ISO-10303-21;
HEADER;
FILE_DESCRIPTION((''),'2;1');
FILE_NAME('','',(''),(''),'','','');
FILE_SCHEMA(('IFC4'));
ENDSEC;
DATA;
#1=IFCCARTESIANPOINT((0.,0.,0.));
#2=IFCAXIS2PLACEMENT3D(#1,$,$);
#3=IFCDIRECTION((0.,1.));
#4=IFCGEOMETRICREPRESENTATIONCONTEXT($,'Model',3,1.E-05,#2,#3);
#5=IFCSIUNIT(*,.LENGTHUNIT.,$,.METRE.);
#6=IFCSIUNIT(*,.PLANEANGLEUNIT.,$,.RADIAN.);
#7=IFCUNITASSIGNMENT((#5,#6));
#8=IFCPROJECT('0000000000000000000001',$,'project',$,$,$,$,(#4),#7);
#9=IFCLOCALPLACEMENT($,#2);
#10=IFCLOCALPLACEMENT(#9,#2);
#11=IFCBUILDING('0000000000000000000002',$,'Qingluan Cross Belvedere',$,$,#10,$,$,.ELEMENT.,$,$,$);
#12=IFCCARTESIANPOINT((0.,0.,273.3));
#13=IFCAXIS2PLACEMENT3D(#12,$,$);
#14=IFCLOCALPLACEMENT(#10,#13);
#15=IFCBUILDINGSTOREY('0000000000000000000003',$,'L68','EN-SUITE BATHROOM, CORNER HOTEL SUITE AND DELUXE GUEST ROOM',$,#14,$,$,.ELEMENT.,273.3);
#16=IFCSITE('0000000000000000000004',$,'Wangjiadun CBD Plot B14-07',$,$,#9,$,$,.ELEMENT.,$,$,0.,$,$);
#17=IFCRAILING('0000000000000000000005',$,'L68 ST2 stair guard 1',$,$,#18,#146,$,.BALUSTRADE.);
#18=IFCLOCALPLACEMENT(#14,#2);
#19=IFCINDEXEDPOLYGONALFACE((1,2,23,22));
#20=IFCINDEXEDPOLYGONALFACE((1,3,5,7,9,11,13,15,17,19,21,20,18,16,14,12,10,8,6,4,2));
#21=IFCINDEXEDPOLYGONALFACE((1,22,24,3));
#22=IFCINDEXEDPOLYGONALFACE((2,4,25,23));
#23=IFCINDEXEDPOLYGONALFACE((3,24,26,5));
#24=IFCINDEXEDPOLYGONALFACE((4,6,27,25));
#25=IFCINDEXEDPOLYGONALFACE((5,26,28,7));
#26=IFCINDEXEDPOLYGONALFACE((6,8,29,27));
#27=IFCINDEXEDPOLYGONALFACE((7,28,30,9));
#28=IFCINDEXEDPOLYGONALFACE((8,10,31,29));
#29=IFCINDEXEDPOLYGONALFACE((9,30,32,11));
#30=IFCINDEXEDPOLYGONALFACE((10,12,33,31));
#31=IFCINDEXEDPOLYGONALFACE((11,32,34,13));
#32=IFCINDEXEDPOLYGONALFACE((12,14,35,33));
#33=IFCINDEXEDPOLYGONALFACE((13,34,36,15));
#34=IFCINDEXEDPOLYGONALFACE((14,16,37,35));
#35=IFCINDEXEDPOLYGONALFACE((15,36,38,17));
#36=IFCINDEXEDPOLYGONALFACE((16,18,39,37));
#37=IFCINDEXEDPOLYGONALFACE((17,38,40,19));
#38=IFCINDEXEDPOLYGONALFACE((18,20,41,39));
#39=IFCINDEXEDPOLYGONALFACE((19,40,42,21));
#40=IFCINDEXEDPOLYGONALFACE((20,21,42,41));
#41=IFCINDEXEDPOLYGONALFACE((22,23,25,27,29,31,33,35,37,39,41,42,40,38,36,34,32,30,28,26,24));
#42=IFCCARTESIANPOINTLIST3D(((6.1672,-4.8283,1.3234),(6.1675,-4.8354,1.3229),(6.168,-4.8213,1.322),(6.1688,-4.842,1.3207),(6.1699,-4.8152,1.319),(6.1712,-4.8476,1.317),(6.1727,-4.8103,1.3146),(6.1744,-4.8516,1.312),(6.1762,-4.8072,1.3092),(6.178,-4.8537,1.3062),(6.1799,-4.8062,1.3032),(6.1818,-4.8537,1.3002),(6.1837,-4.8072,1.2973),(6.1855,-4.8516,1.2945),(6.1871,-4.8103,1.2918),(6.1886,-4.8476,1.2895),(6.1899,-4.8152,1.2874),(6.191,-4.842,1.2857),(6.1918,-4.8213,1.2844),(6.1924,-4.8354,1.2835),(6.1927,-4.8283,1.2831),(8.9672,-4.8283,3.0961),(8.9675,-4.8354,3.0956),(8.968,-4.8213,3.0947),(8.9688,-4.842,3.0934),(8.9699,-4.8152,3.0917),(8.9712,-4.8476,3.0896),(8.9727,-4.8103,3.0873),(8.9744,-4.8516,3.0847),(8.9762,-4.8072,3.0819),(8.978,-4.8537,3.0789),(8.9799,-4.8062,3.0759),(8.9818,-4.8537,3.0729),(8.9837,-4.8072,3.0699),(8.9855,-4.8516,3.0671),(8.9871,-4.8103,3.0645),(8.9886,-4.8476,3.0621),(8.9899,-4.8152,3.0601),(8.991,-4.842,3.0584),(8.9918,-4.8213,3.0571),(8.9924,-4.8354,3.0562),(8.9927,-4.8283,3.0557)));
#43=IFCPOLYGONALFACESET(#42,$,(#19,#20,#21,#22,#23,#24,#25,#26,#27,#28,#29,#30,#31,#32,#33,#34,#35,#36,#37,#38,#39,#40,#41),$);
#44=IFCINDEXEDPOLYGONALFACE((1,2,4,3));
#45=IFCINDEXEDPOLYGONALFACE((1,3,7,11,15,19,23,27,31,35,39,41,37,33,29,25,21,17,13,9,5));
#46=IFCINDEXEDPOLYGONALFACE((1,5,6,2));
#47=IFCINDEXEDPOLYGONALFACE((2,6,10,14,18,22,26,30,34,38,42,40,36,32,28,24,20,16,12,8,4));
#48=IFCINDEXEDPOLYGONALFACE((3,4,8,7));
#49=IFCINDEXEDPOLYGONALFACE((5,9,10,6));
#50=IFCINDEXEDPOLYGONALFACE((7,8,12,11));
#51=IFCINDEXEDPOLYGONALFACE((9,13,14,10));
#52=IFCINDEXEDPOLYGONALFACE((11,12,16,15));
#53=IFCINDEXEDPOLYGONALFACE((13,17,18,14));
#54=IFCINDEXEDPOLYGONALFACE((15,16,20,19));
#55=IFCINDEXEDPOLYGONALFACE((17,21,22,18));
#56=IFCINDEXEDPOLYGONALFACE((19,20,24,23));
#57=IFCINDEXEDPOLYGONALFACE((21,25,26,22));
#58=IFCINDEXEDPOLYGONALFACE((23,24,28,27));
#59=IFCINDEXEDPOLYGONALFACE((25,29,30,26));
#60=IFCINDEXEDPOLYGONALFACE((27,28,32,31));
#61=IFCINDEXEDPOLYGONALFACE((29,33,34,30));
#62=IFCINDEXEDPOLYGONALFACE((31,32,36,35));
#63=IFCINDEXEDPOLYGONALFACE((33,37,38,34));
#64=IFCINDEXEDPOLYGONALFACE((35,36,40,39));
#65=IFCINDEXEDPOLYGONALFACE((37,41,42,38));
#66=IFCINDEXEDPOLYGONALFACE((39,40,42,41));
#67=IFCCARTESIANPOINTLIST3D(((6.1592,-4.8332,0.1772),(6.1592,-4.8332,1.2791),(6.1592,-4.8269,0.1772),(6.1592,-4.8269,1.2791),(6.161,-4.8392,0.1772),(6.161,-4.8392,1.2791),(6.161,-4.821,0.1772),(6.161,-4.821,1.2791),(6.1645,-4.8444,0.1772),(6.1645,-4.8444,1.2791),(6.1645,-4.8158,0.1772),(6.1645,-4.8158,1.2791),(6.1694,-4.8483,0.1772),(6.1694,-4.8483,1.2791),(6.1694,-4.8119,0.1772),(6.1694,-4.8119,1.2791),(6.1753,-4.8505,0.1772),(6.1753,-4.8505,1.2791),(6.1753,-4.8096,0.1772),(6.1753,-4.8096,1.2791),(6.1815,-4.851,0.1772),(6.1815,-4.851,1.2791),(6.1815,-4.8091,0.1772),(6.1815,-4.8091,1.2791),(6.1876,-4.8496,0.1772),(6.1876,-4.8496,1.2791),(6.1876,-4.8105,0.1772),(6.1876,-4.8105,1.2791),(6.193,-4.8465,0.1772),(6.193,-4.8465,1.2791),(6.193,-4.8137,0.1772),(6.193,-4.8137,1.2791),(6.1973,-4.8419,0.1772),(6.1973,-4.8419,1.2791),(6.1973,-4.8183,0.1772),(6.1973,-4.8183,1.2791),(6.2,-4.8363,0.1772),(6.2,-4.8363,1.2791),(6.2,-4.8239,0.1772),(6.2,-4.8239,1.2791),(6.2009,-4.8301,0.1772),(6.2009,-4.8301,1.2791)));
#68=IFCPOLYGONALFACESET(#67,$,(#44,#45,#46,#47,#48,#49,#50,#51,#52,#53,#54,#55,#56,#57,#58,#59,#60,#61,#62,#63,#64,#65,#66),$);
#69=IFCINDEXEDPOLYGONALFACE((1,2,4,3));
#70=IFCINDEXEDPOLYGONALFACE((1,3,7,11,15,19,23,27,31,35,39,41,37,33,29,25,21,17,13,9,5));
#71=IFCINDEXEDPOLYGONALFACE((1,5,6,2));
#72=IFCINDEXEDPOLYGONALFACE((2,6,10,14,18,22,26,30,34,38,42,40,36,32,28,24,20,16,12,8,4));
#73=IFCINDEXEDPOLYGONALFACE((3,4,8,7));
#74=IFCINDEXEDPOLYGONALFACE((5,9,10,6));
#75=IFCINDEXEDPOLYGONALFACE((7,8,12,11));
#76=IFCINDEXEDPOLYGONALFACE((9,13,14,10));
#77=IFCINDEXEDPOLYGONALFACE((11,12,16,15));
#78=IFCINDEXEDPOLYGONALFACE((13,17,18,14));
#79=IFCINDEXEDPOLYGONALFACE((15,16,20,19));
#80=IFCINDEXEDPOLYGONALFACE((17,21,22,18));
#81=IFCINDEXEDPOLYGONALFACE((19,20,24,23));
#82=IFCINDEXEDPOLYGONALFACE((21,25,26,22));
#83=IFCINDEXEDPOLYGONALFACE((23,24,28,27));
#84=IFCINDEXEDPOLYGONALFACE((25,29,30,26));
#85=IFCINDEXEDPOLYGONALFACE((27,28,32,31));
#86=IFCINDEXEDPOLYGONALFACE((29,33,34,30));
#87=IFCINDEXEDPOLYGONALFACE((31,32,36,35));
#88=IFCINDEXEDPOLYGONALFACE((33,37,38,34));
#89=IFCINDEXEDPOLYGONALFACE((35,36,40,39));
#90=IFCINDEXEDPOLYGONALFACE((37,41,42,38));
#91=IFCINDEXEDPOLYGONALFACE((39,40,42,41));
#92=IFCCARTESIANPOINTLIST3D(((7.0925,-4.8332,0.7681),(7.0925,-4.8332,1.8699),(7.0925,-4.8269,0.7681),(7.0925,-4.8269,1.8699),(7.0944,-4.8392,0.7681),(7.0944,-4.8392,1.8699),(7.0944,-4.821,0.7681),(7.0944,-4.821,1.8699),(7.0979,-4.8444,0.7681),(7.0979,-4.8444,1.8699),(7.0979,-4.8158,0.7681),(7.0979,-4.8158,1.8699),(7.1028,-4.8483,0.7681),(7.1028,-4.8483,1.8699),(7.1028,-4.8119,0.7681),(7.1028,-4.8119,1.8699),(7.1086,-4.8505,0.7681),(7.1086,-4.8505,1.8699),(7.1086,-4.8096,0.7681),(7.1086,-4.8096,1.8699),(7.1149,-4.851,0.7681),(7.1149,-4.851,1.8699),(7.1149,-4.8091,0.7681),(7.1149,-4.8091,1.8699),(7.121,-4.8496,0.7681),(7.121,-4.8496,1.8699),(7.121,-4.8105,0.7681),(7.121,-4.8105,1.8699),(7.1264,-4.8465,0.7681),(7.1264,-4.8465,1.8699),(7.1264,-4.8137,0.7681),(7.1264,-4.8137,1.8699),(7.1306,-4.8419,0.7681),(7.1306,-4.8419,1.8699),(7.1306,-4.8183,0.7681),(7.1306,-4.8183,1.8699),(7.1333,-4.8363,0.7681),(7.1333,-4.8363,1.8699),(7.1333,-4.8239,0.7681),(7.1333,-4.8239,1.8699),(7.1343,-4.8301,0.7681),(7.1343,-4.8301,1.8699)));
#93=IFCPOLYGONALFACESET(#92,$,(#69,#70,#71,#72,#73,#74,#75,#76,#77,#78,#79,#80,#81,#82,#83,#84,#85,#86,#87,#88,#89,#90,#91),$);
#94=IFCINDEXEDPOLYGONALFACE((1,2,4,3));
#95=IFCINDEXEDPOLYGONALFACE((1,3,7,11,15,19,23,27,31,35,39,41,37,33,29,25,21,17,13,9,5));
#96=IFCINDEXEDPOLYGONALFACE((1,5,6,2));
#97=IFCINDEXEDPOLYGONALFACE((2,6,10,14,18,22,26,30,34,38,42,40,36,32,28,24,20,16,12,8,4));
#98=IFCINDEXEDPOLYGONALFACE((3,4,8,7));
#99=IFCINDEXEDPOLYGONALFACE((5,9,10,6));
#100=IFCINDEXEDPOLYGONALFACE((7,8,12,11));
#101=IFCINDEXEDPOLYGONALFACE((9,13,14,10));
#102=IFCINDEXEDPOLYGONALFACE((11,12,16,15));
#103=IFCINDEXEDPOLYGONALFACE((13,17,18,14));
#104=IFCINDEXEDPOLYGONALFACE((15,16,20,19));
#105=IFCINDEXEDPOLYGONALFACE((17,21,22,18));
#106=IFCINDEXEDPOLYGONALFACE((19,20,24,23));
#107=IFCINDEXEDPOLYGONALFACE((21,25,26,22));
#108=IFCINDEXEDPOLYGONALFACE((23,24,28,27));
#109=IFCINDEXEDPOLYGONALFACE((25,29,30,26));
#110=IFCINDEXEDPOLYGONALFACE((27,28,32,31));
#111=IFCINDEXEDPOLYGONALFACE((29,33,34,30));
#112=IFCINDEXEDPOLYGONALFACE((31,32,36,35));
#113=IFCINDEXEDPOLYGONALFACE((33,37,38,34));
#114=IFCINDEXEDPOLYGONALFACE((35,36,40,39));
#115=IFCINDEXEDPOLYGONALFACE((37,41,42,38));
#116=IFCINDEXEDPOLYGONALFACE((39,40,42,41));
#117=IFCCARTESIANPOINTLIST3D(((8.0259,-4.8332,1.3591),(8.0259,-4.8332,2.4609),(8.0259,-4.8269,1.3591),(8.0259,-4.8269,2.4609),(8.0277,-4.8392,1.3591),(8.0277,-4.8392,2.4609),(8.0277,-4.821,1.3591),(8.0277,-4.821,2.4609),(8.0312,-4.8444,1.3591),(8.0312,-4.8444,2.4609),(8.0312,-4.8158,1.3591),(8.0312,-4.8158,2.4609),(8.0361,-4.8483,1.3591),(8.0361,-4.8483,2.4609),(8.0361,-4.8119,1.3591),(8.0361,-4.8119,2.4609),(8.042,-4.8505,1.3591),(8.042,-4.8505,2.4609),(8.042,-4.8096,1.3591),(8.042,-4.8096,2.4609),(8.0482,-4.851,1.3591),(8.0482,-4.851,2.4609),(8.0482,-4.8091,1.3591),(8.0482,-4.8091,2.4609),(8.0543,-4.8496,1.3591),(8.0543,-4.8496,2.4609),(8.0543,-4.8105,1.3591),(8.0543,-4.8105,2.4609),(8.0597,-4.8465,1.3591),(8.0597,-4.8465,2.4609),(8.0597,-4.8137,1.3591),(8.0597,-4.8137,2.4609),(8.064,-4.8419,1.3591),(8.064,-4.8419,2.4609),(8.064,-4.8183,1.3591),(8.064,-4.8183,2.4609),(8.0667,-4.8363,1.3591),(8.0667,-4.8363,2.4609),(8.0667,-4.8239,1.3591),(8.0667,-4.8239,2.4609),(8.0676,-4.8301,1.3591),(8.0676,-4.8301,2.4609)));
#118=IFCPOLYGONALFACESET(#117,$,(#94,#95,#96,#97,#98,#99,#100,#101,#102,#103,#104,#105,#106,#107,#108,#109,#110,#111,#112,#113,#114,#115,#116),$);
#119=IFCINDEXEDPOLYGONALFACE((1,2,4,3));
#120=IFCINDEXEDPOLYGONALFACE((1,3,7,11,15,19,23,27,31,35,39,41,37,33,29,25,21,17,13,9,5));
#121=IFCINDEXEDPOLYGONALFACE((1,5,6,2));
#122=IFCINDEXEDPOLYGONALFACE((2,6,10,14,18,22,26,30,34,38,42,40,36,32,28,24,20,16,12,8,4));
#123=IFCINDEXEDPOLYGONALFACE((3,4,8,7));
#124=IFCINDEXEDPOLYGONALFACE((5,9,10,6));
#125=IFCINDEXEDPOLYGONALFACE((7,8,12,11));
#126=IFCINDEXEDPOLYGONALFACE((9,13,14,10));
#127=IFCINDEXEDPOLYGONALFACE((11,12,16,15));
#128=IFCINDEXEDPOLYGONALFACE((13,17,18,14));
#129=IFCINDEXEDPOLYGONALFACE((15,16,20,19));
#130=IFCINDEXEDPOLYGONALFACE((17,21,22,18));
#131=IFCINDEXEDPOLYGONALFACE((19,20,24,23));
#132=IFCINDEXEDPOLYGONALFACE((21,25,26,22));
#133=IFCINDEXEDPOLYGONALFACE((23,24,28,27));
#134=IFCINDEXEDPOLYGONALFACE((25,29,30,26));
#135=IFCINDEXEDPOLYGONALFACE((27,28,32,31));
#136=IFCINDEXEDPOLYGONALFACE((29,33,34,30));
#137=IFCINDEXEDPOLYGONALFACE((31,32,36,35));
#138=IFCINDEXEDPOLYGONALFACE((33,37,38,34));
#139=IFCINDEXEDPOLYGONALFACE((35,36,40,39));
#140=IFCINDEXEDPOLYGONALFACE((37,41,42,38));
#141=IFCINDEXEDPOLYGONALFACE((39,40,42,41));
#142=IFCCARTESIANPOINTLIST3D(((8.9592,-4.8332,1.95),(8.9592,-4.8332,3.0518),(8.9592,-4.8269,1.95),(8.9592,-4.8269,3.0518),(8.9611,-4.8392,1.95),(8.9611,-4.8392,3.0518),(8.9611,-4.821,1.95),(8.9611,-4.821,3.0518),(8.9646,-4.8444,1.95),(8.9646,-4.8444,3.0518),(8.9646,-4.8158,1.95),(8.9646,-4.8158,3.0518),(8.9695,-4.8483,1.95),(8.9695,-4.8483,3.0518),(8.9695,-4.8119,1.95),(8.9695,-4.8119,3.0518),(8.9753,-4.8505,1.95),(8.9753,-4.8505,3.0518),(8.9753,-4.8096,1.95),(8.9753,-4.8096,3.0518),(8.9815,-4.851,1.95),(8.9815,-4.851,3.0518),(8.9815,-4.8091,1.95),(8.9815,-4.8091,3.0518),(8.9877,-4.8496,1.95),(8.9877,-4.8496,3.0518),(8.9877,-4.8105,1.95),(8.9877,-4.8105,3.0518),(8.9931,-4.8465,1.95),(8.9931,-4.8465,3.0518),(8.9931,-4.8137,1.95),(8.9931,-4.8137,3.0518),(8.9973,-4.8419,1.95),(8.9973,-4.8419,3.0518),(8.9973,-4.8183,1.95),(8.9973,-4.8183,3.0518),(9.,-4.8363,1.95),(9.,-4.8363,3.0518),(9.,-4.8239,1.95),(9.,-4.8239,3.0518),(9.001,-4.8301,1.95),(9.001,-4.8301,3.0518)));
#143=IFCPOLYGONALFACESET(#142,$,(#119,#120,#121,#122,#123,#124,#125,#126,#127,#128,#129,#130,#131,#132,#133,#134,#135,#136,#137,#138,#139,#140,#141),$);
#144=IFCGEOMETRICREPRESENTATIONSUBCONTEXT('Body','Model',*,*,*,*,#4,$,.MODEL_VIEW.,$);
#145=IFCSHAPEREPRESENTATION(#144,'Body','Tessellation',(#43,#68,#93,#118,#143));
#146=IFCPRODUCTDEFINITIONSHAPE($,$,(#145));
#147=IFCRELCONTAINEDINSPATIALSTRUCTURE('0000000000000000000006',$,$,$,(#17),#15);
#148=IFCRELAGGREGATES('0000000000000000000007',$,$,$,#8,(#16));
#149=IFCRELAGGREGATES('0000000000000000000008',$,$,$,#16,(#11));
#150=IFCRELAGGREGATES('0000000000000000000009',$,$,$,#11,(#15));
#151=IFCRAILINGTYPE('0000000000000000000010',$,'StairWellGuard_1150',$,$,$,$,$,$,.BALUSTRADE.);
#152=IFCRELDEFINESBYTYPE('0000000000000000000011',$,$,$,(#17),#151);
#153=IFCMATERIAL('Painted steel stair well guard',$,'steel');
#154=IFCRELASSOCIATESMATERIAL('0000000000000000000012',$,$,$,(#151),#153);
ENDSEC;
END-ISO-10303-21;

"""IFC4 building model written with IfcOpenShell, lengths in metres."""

from ifc_helpers import new_model, si_unit, direction, frame, origin, origin_2d, place, context, subcontext, project, spatial, circle, extrude, material, type_object, element, save


model = new_model("IFC4")

# Units and contexts
model_context = context("Model", 3, precision=1e-05, world=origin(), true_north=direction((0.0, 1.0)))
body_context = subcontext(model_context, "Body", "Model", "MODEL_VIEW")
ifc_project = project(units=[si_unit("LENGTHUNIT", "METRE"), si_unit("PLANEANGLEUNIT", "RADIAN")], contexts=[model_context])

# Site, building, storey
site_placement = place(None, origin())
site = spatial("IfcSite", under=ifc_project, at=site_placement, Name="Wangjiadun CBD Plot B14-07", CompositionType="ELEMENT", RefElevation=0.0)
building_placement = place(site_placement, origin())
building = spatial("IfcBuilding", under=site, at=building_placement, Name="Qingluan Cross Belvedere", CompositionType="ELEMENT")
storey_placement = place(building_placement, frame((0.0, 0.0, 273.3)))
storey = spatial("IfcBuildingStorey", under=building, at=storey_placement, Name="L68", Description="EN-SUITE BATHROOM, CORNER HOTEL SUITE AND DELUXE GUEST ROOM", CompositionType="ELEMENT", Elevation=273.3)

# Railing
ifc_material_1 = material(Name="Painted steel stair well guard", Category="steel")
railing_type_1 = type_object("IfcRailingType", Name="StairWellGuard_1150", PredefinedType="BALUSTRADE", material=ifc_material_1)
railing_1_placement = place(storey_placement, frame((6.1799, -4.8301, 0.1772)))
element("IfcRailing", 1, at=railing_1_placement, inside=storey, type_object=railing_type_1, Name="L68 ST2 stair guard 1", PredefinedType="BALUSTRADE", context=body_context, shape_type="SweptSolid", body=[
    extrude(circle(Radius=0.0239, at=origin_2d()), frame((0.0, 0.0, 1.126), z_axis=(0.844909, 0.0, 0.53491), x_axis=(0.0, 1.0, 0.0)), (0.0, 0.0, 1.0), 3.314),
    extrude(circle(Radius=0.021, at=origin_2d()), origin(), (0.0, 0.0, 1.0), 1.1018),
    extrude(circle(Radius=0.021, at=origin_2d()), frame((0.9333, 0.0, 0.5908)), (0.0, 0.0, 1.0), 1.1018),
    extrude(circle(Radius=0.021, at=origin_2d()), frame((1.8667, 0.0, 1.1819)), (0.0, 0.0, 1.0), 1.1018),
    extrude(circle(Radius=0.021, at=origin_2d()), frame((2.8, 0.0, 1.7727)), (0.0, 0.0, 1.0), 1.1018),
])

save(model, "model.ifc")
